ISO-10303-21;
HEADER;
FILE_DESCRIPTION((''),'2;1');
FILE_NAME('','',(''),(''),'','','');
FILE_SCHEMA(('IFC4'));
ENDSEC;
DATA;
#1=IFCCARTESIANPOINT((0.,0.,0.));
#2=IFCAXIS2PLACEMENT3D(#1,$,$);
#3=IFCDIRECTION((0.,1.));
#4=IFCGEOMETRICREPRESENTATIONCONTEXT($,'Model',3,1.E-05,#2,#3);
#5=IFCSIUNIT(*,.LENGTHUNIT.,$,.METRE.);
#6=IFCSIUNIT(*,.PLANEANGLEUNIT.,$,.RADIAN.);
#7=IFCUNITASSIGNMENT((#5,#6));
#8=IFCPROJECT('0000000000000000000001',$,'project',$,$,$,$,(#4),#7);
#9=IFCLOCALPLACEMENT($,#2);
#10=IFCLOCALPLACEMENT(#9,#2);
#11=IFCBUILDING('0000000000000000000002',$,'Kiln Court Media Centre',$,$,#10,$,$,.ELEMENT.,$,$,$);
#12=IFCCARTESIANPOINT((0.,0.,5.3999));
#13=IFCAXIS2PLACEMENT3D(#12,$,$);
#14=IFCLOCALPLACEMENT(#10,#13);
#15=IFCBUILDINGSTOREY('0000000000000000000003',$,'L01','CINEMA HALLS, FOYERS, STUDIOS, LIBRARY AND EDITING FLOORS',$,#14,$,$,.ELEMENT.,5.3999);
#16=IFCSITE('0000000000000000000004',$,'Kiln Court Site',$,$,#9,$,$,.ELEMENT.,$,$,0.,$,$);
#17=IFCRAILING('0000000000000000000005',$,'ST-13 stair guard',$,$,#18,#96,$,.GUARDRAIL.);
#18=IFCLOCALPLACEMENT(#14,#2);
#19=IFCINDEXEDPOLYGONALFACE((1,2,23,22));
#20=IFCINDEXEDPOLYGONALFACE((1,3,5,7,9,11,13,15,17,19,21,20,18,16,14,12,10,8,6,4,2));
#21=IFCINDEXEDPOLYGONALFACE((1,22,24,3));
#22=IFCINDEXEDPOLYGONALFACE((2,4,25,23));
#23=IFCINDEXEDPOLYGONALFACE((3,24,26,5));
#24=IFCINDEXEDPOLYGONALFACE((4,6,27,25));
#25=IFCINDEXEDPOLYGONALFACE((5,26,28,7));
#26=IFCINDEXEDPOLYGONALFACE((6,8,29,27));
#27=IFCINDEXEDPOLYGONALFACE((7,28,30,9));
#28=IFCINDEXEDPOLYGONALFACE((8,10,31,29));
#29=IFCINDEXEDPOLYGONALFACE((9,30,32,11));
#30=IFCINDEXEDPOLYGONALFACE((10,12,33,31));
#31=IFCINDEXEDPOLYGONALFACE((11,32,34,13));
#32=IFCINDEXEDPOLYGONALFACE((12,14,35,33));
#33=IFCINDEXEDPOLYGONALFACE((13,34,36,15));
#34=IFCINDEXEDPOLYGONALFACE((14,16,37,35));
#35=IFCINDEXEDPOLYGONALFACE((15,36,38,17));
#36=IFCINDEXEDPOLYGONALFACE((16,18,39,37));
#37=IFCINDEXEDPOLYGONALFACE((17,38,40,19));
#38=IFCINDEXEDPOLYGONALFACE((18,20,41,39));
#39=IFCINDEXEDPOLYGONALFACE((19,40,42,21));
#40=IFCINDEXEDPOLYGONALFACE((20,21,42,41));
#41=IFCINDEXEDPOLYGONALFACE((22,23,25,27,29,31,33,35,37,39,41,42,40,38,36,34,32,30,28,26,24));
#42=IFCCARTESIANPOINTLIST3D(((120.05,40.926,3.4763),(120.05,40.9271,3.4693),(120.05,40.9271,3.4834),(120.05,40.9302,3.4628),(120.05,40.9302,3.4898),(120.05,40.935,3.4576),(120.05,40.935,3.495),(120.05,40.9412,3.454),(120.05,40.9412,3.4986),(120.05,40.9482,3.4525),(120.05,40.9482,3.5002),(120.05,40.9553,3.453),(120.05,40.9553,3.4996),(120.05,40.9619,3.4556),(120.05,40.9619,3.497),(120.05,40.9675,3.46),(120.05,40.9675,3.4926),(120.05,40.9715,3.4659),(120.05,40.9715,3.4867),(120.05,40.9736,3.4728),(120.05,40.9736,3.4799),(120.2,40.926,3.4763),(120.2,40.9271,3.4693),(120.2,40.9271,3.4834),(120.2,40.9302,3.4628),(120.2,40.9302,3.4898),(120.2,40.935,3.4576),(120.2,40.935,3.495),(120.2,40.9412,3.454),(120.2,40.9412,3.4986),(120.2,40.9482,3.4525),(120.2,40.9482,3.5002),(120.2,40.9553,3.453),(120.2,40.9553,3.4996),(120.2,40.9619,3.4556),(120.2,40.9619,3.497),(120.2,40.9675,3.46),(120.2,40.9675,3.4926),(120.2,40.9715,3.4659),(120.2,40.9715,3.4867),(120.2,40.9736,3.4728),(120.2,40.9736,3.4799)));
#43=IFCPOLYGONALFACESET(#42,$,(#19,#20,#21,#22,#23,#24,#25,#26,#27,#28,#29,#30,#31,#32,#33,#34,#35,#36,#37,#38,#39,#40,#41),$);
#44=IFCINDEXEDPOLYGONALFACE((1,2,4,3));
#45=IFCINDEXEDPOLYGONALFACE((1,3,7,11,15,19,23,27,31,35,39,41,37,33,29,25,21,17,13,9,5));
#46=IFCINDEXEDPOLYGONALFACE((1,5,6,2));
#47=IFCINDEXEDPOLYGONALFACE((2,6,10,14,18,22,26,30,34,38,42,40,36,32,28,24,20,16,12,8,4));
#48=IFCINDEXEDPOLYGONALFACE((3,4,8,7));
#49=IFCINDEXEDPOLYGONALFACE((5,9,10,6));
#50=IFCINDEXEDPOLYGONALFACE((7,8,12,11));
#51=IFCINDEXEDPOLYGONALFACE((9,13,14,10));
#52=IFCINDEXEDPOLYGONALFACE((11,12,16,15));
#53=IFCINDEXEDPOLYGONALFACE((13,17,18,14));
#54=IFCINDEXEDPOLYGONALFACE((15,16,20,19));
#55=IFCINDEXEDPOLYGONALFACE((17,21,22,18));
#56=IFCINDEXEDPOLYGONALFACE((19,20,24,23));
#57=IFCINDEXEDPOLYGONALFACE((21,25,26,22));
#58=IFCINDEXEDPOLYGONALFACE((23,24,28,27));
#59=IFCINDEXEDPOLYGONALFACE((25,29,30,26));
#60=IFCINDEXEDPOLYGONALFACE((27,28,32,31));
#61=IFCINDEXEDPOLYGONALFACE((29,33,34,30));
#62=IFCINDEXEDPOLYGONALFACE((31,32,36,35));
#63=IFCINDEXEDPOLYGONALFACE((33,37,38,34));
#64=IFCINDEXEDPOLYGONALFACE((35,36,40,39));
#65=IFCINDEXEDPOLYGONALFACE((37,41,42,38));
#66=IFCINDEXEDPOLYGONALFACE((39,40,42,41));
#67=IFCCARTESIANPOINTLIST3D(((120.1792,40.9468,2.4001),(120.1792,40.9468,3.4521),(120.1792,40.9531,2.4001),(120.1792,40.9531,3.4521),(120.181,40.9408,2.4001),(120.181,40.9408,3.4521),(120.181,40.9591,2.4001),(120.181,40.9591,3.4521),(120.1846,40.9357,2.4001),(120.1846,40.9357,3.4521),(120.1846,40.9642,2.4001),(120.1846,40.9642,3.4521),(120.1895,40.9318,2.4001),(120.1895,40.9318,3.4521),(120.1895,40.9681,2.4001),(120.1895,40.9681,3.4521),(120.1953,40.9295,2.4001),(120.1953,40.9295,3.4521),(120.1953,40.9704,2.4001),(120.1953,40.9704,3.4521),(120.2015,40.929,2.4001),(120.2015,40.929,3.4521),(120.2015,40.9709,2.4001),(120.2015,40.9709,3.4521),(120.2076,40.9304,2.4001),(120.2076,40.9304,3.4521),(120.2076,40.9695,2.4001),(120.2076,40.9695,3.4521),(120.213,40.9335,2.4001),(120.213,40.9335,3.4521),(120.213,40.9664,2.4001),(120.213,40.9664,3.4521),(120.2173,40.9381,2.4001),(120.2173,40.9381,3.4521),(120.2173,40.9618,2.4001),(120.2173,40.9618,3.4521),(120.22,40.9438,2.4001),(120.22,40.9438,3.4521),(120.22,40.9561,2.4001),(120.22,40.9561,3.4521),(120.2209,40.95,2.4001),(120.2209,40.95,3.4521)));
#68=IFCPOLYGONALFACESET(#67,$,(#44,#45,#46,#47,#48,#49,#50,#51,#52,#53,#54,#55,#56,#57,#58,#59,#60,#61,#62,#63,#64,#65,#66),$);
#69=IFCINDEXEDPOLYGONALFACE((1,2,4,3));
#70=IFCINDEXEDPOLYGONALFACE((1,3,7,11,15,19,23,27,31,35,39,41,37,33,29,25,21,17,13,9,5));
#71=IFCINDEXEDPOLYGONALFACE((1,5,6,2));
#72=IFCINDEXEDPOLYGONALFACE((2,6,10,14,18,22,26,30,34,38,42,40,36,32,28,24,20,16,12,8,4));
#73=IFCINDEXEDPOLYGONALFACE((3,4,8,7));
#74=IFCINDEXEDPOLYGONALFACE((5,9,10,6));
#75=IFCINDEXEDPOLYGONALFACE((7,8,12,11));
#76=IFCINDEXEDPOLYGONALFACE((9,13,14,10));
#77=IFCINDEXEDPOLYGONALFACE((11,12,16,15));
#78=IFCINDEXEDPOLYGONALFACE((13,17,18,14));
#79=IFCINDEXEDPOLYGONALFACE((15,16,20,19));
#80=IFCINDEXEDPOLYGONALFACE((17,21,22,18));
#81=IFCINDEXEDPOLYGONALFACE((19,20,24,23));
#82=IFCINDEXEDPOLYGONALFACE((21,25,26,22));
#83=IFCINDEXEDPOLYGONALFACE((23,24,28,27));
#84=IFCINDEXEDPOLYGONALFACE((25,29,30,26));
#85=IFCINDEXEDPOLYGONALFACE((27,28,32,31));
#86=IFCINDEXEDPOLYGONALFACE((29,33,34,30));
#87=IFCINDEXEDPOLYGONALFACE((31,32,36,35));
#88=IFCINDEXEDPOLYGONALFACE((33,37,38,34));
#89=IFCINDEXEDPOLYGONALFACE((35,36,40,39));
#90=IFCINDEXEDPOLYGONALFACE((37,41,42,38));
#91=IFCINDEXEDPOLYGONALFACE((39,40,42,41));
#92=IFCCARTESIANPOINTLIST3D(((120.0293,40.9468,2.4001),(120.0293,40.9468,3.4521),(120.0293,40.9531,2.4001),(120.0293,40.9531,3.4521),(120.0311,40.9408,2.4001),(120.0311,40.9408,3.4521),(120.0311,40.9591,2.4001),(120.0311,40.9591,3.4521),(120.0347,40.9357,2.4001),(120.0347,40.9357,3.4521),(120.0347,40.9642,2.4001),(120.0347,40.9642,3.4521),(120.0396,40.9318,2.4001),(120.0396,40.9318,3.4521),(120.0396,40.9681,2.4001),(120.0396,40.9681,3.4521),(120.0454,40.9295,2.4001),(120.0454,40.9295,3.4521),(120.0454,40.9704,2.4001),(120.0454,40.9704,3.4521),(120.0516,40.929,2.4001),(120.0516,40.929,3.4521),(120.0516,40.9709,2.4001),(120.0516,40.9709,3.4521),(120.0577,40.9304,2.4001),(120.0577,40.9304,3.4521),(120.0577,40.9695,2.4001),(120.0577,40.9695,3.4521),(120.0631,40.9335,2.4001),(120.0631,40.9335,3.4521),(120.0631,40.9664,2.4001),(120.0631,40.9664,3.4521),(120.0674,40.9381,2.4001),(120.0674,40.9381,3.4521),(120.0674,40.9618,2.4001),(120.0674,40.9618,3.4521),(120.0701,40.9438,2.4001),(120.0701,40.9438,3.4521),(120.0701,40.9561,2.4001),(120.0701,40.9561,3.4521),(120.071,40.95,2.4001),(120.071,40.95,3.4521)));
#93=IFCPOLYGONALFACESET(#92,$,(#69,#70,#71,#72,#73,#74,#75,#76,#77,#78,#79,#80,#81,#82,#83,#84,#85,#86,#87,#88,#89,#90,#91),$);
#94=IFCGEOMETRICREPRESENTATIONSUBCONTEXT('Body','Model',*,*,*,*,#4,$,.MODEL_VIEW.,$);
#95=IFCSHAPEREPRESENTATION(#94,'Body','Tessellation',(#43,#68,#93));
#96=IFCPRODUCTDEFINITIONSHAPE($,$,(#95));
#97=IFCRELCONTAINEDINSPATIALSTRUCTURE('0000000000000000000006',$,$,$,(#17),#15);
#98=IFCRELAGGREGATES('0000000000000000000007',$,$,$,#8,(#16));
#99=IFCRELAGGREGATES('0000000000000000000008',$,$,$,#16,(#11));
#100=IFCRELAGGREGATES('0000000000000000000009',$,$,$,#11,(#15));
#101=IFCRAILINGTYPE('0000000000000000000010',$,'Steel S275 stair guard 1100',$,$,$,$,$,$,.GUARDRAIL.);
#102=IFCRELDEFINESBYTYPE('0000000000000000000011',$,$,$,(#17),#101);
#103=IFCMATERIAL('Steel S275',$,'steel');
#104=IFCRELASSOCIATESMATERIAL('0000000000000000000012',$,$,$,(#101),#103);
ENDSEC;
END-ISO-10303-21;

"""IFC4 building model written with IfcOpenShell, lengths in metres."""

from ifc_helpers import new_model, si_unit, direction, frame, origin, origin_2d, place, context, subcontext, project, spatial, circle, extrude, material, type_object, element, save


model = new_model("IFC4")

# Units and contexts
model_context = context("Model", 3, precision=1e-05, world=origin(), true_north=direction((0.0, 1.0)))
body_context = subcontext(model_context, "Body", "Model", "MODEL_VIEW")
ifc_project = project(units=[si_unit("LENGTHUNIT", "METRE"), si_unit("PLANEANGLEUNIT", "RADIAN")], contexts=[model_context])

# Site, building, storey
site_placement = place(None, origin())
site = spatial("IfcSite", under=ifc_project, at=site_placement, Name="Kiln Court Site", CompositionType="ELEMENT", RefElevation=0.0)
building_placement = place(site_placement, origin())
building = spatial("IfcBuilding", under=site, at=building_placement, Name="Kiln Court Media Centre", CompositionType="ELEMENT")
storey_placement = place(building_placement, frame((0.0, 0.0, 5.3999)))
storey = spatial("IfcBuildingStorey", under=building, at=storey_placement, Name="L01", Description="CINEMA HALLS, FOYERS, STUDIOS, LIBRARY AND EDITING FLOORS", CompositionType="ELEMENT", Elevation=5.3999)

# Railing
ifc_material_1 = material(Name="Steel S275", Category="steel")
railing_type_1 = type_object("IfcRailingType", Name="Steel S275 stair guard 1100", PredefinedType="GUARDRAIL", material=ifc_material_1)
railing_1_placement = place(storey_placement, frame((120.2, 40.95, 2.4001)))
element("IfcRailing", 1, at=railing_1_placement, inside=storey, type_object=railing_type_1, Name="ST-13 stair guard", PredefinedType="GUARDRAIL", context=body_context, shape_type="SweptSolid", body=[
    extrude(circle(Radius=0.0239, at=origin_2d()), frame((0.0, 0.0, 1.0762), z_axis=(-1.0, 0.0, 0.0), x_axis=(0.0, -1.0, 0.0)), (0.0, 0.0, 1.0), 0.1499),
    extrude(circle(Radius=0.021, at=origin_2d()), origin(), (0.0, 0.0, 1.0), 1.052),
    extrude(circle(Radius=0.021, at=origin_2d()), frame((-0.1499, 0.0, 0.0)), (0.0, 0.0, 1.0), 1.052),
])

save(model, "model.ifc")
